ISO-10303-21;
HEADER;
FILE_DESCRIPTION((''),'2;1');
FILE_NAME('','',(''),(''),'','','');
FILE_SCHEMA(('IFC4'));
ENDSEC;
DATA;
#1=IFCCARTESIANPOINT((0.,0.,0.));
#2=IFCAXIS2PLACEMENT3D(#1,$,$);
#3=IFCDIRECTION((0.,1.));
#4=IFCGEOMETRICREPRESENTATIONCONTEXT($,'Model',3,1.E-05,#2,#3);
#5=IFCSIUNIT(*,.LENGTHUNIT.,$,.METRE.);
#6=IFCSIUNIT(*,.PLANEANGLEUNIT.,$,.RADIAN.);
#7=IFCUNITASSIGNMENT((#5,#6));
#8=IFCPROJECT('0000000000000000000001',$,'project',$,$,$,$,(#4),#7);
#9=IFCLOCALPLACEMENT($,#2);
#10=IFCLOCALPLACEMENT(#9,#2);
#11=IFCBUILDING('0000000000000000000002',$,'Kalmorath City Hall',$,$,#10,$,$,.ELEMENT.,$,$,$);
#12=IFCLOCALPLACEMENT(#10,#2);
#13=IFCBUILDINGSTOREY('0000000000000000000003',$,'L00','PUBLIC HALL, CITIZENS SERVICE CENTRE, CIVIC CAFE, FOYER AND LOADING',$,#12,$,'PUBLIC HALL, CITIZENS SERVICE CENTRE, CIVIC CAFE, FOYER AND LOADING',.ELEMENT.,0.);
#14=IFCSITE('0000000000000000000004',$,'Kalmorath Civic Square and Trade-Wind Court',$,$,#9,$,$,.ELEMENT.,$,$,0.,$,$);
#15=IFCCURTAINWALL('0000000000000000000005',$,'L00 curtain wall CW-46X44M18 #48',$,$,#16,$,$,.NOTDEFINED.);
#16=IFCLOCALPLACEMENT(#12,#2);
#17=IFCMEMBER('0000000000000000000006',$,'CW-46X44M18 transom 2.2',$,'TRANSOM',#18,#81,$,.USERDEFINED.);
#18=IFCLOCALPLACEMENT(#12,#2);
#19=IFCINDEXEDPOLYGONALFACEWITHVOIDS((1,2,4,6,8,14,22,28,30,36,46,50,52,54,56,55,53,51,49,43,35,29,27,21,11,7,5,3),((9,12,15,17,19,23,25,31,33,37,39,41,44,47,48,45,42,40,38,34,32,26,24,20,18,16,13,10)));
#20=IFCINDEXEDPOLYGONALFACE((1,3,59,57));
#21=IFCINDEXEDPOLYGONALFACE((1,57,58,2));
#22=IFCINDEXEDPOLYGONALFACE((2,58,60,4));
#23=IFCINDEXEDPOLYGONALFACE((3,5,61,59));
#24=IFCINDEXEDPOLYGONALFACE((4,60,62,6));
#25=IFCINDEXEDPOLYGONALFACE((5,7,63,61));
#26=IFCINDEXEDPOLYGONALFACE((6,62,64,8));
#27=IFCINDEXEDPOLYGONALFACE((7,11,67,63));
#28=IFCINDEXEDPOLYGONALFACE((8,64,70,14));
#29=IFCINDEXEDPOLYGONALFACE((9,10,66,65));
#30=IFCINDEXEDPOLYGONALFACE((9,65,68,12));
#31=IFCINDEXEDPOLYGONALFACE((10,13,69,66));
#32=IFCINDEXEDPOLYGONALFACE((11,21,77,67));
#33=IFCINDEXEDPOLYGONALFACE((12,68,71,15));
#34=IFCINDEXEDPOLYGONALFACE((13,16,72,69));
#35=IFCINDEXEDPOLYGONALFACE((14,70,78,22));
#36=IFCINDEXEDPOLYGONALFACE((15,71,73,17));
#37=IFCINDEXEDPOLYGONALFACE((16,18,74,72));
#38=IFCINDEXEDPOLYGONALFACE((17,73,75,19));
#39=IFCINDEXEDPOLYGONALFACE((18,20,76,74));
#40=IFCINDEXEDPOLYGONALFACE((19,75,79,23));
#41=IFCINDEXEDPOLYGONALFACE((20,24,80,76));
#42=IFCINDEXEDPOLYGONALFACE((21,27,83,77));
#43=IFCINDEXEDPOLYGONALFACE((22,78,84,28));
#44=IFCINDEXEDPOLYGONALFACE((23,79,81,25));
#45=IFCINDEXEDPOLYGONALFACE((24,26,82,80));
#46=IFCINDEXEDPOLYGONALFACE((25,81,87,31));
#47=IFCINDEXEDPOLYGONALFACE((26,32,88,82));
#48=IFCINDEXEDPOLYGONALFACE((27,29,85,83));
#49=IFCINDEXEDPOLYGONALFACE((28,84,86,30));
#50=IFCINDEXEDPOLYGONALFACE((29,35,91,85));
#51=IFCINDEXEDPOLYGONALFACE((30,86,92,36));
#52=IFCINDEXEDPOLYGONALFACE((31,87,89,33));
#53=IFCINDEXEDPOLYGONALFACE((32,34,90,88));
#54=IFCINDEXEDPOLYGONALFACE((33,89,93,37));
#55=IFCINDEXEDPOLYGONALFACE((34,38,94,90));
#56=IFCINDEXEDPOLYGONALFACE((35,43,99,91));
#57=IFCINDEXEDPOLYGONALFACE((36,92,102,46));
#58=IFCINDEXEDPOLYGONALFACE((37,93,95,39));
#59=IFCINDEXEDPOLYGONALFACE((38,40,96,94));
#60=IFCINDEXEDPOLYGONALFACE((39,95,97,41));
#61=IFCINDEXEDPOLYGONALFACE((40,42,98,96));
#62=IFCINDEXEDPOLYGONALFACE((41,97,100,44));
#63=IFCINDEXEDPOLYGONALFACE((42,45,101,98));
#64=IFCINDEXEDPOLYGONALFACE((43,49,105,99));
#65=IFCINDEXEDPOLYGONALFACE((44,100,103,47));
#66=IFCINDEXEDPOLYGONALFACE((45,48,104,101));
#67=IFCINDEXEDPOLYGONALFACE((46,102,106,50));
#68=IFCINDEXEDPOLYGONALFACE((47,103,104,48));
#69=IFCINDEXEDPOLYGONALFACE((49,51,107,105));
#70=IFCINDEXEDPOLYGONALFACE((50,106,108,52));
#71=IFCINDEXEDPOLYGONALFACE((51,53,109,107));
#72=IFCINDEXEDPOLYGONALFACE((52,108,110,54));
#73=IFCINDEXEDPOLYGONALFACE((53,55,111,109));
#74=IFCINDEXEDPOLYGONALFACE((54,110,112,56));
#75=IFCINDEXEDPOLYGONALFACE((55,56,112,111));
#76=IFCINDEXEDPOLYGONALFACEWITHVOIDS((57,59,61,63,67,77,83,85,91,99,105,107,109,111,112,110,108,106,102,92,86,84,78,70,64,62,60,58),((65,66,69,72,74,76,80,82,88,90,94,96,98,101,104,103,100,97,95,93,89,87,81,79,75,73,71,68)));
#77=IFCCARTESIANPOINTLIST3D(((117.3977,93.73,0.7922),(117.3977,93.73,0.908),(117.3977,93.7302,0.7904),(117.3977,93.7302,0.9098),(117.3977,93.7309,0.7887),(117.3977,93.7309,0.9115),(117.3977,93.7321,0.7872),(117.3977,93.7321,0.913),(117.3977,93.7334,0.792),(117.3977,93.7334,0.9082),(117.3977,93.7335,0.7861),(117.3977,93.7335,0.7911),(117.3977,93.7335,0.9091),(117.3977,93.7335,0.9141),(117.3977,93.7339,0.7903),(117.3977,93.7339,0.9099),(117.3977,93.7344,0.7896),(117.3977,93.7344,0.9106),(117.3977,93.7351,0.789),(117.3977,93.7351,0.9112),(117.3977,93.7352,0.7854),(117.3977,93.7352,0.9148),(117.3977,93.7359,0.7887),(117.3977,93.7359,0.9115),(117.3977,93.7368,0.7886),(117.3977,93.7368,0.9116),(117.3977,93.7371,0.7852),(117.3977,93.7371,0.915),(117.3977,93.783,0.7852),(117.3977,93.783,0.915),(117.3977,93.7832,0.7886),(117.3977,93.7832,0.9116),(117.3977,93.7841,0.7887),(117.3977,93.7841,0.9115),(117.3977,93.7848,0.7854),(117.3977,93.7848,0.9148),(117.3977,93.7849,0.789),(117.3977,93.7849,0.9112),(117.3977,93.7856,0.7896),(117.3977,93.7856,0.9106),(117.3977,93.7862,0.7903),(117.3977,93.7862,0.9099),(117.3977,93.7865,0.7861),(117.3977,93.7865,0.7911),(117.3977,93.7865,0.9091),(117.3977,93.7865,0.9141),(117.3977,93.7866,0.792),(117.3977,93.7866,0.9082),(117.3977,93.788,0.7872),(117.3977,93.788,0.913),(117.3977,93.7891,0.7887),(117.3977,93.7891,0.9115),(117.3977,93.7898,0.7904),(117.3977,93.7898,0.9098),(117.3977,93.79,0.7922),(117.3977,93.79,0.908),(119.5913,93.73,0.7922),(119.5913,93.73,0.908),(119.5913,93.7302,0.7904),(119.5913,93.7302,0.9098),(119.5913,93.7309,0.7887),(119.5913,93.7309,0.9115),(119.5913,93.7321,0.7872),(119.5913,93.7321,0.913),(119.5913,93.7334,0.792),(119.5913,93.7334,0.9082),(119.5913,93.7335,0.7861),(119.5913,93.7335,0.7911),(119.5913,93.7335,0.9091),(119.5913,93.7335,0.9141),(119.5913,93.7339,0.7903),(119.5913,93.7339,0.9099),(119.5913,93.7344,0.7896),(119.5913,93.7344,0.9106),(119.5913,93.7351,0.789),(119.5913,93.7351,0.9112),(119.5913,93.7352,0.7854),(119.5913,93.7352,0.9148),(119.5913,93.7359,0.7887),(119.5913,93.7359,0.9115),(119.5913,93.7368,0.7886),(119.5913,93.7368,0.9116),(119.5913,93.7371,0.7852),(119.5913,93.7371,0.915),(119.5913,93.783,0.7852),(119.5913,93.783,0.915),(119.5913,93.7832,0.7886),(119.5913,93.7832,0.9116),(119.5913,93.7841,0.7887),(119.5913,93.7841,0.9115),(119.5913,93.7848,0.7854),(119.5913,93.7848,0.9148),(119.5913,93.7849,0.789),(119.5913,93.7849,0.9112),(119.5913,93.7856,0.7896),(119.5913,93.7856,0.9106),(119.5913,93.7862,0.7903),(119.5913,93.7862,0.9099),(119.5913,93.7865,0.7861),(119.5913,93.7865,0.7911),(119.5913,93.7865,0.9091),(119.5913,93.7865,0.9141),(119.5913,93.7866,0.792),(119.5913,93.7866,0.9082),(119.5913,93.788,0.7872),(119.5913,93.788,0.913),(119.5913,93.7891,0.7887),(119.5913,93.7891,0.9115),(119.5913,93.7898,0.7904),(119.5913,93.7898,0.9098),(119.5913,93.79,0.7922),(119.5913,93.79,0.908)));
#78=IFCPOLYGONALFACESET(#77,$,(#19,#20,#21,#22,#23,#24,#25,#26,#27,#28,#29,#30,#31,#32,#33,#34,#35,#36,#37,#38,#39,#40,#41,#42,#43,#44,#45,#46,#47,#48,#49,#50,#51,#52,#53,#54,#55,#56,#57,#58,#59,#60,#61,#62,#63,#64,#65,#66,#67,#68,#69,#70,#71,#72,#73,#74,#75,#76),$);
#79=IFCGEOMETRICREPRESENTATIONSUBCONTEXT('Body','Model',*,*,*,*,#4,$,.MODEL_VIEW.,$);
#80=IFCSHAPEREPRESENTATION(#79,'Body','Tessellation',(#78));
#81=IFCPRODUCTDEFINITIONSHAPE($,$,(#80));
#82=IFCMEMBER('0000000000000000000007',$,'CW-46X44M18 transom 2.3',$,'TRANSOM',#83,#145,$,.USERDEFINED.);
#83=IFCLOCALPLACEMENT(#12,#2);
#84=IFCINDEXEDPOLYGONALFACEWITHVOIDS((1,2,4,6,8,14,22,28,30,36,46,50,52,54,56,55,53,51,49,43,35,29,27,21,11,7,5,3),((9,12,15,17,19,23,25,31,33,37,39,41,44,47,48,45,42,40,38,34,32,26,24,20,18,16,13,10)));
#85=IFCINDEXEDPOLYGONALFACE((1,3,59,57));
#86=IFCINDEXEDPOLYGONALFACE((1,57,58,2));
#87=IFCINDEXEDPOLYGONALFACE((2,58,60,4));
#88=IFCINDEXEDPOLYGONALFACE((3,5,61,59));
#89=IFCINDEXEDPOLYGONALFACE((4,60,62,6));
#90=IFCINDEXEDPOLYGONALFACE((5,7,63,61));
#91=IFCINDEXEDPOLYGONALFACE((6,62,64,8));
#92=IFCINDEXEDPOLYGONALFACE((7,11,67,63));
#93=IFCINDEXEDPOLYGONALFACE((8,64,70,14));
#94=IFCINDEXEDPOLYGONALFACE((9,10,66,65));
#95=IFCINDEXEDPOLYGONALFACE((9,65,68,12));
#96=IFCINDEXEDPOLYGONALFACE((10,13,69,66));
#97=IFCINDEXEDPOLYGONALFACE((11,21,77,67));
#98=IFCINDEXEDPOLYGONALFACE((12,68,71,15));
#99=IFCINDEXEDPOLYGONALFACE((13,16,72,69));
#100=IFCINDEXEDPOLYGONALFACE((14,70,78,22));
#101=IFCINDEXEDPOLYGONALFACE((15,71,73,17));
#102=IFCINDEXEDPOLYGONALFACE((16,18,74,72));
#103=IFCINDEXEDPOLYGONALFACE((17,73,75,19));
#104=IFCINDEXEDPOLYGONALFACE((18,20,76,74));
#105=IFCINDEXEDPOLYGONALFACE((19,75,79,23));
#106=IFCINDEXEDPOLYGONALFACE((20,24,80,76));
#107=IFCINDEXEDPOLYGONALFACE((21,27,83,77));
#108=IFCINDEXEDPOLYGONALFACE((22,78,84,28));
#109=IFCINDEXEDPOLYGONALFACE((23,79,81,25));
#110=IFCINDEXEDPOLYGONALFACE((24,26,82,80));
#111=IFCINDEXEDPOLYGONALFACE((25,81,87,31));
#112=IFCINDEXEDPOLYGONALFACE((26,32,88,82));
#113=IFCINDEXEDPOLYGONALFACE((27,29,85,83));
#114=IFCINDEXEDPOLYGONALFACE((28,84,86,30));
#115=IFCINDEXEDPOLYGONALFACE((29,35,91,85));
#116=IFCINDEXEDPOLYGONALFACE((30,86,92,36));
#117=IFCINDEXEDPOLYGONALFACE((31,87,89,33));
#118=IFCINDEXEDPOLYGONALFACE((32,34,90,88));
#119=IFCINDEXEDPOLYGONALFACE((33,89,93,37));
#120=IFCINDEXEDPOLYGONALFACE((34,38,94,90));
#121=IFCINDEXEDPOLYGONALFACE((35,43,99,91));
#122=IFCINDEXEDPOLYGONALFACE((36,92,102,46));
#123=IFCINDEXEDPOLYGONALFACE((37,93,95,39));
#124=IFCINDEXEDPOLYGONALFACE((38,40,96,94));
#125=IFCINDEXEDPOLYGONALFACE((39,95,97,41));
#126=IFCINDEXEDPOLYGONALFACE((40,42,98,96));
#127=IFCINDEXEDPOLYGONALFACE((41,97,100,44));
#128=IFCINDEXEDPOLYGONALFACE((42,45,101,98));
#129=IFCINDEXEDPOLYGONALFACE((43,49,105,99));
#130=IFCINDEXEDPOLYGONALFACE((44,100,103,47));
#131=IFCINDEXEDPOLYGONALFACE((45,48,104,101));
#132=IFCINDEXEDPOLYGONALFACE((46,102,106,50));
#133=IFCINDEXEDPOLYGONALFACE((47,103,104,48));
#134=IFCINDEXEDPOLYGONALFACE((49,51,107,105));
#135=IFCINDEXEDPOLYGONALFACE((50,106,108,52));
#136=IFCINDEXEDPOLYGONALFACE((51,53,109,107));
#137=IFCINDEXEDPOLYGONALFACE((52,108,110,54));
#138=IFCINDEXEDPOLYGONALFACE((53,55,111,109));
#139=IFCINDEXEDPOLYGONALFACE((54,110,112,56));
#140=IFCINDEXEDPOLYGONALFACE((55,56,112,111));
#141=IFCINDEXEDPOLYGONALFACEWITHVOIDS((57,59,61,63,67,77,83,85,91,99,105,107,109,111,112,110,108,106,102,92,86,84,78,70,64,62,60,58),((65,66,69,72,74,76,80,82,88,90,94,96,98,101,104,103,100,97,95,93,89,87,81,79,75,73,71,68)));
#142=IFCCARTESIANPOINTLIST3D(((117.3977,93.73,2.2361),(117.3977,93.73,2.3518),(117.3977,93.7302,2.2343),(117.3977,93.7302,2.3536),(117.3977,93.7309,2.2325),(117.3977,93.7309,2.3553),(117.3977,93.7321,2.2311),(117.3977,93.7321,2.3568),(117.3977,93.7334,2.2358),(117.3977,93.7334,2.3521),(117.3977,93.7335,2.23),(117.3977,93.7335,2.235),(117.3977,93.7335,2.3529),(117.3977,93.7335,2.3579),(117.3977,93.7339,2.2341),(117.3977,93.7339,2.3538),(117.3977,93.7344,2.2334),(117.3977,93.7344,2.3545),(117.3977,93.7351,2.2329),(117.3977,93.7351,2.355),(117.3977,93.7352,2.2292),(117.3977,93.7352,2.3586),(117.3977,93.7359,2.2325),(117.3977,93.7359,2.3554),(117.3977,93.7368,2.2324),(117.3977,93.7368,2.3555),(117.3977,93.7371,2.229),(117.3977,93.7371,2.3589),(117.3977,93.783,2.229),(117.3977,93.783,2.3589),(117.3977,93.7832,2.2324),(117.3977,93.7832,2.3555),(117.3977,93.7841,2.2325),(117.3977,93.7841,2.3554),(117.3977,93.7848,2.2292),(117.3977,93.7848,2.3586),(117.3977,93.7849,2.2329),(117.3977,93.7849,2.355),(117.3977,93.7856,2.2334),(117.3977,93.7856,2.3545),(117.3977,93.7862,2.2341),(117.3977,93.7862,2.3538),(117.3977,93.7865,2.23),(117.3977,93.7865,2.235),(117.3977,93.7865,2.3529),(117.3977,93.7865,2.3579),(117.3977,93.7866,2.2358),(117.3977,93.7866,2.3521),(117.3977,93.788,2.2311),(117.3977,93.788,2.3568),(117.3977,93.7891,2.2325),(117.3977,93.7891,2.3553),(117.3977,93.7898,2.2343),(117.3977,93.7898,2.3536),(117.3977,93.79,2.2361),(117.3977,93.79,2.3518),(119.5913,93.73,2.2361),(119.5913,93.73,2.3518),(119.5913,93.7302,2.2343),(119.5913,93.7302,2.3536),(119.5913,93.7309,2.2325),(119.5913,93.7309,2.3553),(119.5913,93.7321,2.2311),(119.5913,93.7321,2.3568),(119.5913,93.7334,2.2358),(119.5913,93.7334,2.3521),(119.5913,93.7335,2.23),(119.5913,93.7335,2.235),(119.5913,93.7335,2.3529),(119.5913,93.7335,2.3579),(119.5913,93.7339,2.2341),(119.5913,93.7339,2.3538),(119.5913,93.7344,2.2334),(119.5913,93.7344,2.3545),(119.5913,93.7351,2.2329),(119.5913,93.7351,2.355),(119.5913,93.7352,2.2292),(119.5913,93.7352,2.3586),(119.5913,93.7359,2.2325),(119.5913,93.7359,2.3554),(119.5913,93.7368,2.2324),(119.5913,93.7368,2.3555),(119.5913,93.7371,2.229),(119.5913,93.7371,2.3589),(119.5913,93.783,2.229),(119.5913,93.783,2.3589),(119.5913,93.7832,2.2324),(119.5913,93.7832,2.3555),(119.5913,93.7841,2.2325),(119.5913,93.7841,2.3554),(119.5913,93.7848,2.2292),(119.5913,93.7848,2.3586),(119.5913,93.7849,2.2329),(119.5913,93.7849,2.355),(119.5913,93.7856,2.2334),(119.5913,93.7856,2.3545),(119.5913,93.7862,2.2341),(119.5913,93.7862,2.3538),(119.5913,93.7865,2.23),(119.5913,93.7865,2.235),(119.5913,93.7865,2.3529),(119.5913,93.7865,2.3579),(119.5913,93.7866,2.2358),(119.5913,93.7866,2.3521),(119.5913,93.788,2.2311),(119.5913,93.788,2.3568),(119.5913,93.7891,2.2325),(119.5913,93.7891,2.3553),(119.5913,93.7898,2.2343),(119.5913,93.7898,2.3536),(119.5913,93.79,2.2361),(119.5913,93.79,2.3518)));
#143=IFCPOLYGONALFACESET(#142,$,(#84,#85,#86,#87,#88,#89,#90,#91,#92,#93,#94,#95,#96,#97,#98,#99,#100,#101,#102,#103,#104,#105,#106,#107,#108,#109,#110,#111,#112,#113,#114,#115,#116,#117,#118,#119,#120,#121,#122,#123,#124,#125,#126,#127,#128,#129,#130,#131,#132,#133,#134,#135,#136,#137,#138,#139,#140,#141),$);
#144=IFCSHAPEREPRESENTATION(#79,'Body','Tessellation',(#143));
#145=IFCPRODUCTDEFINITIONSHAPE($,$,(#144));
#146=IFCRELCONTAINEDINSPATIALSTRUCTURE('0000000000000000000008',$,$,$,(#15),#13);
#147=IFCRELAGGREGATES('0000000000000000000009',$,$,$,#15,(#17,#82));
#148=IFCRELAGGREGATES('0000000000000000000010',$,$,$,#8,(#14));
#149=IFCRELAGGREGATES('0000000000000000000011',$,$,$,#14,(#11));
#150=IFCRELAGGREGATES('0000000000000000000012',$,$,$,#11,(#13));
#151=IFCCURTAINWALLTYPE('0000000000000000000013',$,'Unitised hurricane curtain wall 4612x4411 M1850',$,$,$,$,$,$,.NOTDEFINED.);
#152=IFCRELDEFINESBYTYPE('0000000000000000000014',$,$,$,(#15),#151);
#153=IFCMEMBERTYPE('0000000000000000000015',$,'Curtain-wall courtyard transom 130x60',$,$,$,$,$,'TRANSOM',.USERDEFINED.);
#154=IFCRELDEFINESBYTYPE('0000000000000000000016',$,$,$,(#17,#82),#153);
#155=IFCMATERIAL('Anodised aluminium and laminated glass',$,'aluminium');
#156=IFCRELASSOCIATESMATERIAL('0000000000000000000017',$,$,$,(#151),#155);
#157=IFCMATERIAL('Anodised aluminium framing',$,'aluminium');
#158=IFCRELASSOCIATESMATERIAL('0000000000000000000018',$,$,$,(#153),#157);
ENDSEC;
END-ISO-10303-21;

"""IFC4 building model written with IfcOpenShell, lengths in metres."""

from ifc_helpers import new_model, si_unit, direction, frame, origin, origin_2d, place, context, subcontext, project, spatial, hollow_rectangle, extrude, material, material_profile, profile_set, type_object, element, aggregate, save


model = new_model("IFC4")

# Units and contexts
model_context = context("Model", 3, precision=1e-05, world=origin(), true_north=direction((0.0, 1.0)))
body_context = subcontext(model_context, "Body", "Model", "MODEL_VIEW")
ifc_project = project(units=[si_unit("LENGTHUNIT", "METRE"), si_unit("PLANEANGLEUNIT", "RADIAN")], contexts=[model_context])

# Site, building, storey
site_placement = place(None, origin())
site = spatial("IfcSite", under=ifc_project, at=site_placement, Name="Kalmorath Civic Square and Trade-Wind Court", CompositionType="ELEMENT", RefElevation=0.0)
building_placement = place(site_placement, origin())
building = spatial("IfcBuilding", under=site, at=building_placement, Name="Kalmorath City Hall", CompositionType="ELEMENT")
storey_placement = place(building_placement, origin())
storey = spatial("IfcBuildingStorey", under=building, at=storey_placement, Name="L00", Description="PUBLIC HALL, CITIZENS SERVICE CENTRE, CIVIC CAFE, FOYER AND LOADING", LongName="PUBLIC HALL, CITIZENS SERVICE CENTRE, CIVIC CAFE, FOYER AND LOADING", CompositionType="ELEMENT", Elevation=0.0)

# Curtain wall, members
ifc_material_1 = material(Name="Anodised aluminium and laminated glass", Category="aluminium")
curtain_wall_type = type_object("IfcCurtainWallType", Name="Unitised hurricane curtain wall 4612x4411 M1850", PredefinedType="NOTDEFINED", material=ifc_material_1)
curtain_wall_placement = place(storey_placement, origin())
curtain_wall = element("IfcCurtainWall", 1, at=curtain_wall_placement, inside=storey, type_object=curtain_wall_type, Name="L00 curtain wall CW-46X44M18 #48", PredefinedType="NOTDEFINED")
ifc_material_2 = material(Name="Anodised aluminium framing", Category="aluminium")
ifc_material_profile_1 = material_profile(ifc_material_2, hollow_rectangle(XDim=0.0601, YDim=0.1299, WallThickness=0.0034, InnerFilletRadius=0.0034, OuterFilletRadius=0.0071, at=origin_2d()), Name="ALU-TRN-130X60X3.5")
ifc_profile_set_1 = profile_set([ifc_material_profile_1], Name="Anodised aluminium framing")
member_type_1 = type_object("IfcMemberType", Name="Curtain-wall courtyard transom 130x60", ElementType="TRANSOM", PredefinedType="USERDEFINED", material=ifc_profile_set_1)
member_1_placement = place(storey_placement, frame((119.5913, 93.76, 0.8501), z_axis=(-1.0, 0.0, 0.0), x_axis=(0.0, -1.0, 0.0)))
member_1 = element("IfcMember", 2, at=member_1_placement, type_object=member_type_1, Name="CW-46X44M18 transom 2.2", ObjectType="TRANSOM", PredefinedType="USERDEFINED", context=body_context, shape_type="SweptSolid", body=[
    extrude(hollow_rectangle(XDim=0.0601, YDim=0.1299, WallThickness=0.0034, InnerFilletRadius=0.0034, OuterFilletRadius=0.0071, at=origin_2d()), origin(), (0.0, 0.0, 1.0), 2.1936),
])
member_2_placement = place(storey_placement, frame((119.5913, 93.76, 2.2939), z_axis=(-1.0, 0.0, 0.0), x_axis=(0.0, -1.0, 0.0)))
member_2 = element("IfcMember", 3, at=member_2_placement, type_object=member_type_1, Name="CW-46X44M18 transom 2.3", ObjectType="TRANSOM", PredefinedType="USERDEFINED", context=body_context, shape_type="SweptSolid", body=[
    extrude(hollow_rectangle(XDim=0.0601, YDim=0.1299, WallThickness=0.0034, InnerFilletRadius=0.0034, OuterFilletRadius=0.0071, at=origin_2d()), origin(), (0.0, 0.0, 1.0), 2.1936),
])

aggregate(curtain_wall, [member_1, member_2])

save(model, "model.ifc")
